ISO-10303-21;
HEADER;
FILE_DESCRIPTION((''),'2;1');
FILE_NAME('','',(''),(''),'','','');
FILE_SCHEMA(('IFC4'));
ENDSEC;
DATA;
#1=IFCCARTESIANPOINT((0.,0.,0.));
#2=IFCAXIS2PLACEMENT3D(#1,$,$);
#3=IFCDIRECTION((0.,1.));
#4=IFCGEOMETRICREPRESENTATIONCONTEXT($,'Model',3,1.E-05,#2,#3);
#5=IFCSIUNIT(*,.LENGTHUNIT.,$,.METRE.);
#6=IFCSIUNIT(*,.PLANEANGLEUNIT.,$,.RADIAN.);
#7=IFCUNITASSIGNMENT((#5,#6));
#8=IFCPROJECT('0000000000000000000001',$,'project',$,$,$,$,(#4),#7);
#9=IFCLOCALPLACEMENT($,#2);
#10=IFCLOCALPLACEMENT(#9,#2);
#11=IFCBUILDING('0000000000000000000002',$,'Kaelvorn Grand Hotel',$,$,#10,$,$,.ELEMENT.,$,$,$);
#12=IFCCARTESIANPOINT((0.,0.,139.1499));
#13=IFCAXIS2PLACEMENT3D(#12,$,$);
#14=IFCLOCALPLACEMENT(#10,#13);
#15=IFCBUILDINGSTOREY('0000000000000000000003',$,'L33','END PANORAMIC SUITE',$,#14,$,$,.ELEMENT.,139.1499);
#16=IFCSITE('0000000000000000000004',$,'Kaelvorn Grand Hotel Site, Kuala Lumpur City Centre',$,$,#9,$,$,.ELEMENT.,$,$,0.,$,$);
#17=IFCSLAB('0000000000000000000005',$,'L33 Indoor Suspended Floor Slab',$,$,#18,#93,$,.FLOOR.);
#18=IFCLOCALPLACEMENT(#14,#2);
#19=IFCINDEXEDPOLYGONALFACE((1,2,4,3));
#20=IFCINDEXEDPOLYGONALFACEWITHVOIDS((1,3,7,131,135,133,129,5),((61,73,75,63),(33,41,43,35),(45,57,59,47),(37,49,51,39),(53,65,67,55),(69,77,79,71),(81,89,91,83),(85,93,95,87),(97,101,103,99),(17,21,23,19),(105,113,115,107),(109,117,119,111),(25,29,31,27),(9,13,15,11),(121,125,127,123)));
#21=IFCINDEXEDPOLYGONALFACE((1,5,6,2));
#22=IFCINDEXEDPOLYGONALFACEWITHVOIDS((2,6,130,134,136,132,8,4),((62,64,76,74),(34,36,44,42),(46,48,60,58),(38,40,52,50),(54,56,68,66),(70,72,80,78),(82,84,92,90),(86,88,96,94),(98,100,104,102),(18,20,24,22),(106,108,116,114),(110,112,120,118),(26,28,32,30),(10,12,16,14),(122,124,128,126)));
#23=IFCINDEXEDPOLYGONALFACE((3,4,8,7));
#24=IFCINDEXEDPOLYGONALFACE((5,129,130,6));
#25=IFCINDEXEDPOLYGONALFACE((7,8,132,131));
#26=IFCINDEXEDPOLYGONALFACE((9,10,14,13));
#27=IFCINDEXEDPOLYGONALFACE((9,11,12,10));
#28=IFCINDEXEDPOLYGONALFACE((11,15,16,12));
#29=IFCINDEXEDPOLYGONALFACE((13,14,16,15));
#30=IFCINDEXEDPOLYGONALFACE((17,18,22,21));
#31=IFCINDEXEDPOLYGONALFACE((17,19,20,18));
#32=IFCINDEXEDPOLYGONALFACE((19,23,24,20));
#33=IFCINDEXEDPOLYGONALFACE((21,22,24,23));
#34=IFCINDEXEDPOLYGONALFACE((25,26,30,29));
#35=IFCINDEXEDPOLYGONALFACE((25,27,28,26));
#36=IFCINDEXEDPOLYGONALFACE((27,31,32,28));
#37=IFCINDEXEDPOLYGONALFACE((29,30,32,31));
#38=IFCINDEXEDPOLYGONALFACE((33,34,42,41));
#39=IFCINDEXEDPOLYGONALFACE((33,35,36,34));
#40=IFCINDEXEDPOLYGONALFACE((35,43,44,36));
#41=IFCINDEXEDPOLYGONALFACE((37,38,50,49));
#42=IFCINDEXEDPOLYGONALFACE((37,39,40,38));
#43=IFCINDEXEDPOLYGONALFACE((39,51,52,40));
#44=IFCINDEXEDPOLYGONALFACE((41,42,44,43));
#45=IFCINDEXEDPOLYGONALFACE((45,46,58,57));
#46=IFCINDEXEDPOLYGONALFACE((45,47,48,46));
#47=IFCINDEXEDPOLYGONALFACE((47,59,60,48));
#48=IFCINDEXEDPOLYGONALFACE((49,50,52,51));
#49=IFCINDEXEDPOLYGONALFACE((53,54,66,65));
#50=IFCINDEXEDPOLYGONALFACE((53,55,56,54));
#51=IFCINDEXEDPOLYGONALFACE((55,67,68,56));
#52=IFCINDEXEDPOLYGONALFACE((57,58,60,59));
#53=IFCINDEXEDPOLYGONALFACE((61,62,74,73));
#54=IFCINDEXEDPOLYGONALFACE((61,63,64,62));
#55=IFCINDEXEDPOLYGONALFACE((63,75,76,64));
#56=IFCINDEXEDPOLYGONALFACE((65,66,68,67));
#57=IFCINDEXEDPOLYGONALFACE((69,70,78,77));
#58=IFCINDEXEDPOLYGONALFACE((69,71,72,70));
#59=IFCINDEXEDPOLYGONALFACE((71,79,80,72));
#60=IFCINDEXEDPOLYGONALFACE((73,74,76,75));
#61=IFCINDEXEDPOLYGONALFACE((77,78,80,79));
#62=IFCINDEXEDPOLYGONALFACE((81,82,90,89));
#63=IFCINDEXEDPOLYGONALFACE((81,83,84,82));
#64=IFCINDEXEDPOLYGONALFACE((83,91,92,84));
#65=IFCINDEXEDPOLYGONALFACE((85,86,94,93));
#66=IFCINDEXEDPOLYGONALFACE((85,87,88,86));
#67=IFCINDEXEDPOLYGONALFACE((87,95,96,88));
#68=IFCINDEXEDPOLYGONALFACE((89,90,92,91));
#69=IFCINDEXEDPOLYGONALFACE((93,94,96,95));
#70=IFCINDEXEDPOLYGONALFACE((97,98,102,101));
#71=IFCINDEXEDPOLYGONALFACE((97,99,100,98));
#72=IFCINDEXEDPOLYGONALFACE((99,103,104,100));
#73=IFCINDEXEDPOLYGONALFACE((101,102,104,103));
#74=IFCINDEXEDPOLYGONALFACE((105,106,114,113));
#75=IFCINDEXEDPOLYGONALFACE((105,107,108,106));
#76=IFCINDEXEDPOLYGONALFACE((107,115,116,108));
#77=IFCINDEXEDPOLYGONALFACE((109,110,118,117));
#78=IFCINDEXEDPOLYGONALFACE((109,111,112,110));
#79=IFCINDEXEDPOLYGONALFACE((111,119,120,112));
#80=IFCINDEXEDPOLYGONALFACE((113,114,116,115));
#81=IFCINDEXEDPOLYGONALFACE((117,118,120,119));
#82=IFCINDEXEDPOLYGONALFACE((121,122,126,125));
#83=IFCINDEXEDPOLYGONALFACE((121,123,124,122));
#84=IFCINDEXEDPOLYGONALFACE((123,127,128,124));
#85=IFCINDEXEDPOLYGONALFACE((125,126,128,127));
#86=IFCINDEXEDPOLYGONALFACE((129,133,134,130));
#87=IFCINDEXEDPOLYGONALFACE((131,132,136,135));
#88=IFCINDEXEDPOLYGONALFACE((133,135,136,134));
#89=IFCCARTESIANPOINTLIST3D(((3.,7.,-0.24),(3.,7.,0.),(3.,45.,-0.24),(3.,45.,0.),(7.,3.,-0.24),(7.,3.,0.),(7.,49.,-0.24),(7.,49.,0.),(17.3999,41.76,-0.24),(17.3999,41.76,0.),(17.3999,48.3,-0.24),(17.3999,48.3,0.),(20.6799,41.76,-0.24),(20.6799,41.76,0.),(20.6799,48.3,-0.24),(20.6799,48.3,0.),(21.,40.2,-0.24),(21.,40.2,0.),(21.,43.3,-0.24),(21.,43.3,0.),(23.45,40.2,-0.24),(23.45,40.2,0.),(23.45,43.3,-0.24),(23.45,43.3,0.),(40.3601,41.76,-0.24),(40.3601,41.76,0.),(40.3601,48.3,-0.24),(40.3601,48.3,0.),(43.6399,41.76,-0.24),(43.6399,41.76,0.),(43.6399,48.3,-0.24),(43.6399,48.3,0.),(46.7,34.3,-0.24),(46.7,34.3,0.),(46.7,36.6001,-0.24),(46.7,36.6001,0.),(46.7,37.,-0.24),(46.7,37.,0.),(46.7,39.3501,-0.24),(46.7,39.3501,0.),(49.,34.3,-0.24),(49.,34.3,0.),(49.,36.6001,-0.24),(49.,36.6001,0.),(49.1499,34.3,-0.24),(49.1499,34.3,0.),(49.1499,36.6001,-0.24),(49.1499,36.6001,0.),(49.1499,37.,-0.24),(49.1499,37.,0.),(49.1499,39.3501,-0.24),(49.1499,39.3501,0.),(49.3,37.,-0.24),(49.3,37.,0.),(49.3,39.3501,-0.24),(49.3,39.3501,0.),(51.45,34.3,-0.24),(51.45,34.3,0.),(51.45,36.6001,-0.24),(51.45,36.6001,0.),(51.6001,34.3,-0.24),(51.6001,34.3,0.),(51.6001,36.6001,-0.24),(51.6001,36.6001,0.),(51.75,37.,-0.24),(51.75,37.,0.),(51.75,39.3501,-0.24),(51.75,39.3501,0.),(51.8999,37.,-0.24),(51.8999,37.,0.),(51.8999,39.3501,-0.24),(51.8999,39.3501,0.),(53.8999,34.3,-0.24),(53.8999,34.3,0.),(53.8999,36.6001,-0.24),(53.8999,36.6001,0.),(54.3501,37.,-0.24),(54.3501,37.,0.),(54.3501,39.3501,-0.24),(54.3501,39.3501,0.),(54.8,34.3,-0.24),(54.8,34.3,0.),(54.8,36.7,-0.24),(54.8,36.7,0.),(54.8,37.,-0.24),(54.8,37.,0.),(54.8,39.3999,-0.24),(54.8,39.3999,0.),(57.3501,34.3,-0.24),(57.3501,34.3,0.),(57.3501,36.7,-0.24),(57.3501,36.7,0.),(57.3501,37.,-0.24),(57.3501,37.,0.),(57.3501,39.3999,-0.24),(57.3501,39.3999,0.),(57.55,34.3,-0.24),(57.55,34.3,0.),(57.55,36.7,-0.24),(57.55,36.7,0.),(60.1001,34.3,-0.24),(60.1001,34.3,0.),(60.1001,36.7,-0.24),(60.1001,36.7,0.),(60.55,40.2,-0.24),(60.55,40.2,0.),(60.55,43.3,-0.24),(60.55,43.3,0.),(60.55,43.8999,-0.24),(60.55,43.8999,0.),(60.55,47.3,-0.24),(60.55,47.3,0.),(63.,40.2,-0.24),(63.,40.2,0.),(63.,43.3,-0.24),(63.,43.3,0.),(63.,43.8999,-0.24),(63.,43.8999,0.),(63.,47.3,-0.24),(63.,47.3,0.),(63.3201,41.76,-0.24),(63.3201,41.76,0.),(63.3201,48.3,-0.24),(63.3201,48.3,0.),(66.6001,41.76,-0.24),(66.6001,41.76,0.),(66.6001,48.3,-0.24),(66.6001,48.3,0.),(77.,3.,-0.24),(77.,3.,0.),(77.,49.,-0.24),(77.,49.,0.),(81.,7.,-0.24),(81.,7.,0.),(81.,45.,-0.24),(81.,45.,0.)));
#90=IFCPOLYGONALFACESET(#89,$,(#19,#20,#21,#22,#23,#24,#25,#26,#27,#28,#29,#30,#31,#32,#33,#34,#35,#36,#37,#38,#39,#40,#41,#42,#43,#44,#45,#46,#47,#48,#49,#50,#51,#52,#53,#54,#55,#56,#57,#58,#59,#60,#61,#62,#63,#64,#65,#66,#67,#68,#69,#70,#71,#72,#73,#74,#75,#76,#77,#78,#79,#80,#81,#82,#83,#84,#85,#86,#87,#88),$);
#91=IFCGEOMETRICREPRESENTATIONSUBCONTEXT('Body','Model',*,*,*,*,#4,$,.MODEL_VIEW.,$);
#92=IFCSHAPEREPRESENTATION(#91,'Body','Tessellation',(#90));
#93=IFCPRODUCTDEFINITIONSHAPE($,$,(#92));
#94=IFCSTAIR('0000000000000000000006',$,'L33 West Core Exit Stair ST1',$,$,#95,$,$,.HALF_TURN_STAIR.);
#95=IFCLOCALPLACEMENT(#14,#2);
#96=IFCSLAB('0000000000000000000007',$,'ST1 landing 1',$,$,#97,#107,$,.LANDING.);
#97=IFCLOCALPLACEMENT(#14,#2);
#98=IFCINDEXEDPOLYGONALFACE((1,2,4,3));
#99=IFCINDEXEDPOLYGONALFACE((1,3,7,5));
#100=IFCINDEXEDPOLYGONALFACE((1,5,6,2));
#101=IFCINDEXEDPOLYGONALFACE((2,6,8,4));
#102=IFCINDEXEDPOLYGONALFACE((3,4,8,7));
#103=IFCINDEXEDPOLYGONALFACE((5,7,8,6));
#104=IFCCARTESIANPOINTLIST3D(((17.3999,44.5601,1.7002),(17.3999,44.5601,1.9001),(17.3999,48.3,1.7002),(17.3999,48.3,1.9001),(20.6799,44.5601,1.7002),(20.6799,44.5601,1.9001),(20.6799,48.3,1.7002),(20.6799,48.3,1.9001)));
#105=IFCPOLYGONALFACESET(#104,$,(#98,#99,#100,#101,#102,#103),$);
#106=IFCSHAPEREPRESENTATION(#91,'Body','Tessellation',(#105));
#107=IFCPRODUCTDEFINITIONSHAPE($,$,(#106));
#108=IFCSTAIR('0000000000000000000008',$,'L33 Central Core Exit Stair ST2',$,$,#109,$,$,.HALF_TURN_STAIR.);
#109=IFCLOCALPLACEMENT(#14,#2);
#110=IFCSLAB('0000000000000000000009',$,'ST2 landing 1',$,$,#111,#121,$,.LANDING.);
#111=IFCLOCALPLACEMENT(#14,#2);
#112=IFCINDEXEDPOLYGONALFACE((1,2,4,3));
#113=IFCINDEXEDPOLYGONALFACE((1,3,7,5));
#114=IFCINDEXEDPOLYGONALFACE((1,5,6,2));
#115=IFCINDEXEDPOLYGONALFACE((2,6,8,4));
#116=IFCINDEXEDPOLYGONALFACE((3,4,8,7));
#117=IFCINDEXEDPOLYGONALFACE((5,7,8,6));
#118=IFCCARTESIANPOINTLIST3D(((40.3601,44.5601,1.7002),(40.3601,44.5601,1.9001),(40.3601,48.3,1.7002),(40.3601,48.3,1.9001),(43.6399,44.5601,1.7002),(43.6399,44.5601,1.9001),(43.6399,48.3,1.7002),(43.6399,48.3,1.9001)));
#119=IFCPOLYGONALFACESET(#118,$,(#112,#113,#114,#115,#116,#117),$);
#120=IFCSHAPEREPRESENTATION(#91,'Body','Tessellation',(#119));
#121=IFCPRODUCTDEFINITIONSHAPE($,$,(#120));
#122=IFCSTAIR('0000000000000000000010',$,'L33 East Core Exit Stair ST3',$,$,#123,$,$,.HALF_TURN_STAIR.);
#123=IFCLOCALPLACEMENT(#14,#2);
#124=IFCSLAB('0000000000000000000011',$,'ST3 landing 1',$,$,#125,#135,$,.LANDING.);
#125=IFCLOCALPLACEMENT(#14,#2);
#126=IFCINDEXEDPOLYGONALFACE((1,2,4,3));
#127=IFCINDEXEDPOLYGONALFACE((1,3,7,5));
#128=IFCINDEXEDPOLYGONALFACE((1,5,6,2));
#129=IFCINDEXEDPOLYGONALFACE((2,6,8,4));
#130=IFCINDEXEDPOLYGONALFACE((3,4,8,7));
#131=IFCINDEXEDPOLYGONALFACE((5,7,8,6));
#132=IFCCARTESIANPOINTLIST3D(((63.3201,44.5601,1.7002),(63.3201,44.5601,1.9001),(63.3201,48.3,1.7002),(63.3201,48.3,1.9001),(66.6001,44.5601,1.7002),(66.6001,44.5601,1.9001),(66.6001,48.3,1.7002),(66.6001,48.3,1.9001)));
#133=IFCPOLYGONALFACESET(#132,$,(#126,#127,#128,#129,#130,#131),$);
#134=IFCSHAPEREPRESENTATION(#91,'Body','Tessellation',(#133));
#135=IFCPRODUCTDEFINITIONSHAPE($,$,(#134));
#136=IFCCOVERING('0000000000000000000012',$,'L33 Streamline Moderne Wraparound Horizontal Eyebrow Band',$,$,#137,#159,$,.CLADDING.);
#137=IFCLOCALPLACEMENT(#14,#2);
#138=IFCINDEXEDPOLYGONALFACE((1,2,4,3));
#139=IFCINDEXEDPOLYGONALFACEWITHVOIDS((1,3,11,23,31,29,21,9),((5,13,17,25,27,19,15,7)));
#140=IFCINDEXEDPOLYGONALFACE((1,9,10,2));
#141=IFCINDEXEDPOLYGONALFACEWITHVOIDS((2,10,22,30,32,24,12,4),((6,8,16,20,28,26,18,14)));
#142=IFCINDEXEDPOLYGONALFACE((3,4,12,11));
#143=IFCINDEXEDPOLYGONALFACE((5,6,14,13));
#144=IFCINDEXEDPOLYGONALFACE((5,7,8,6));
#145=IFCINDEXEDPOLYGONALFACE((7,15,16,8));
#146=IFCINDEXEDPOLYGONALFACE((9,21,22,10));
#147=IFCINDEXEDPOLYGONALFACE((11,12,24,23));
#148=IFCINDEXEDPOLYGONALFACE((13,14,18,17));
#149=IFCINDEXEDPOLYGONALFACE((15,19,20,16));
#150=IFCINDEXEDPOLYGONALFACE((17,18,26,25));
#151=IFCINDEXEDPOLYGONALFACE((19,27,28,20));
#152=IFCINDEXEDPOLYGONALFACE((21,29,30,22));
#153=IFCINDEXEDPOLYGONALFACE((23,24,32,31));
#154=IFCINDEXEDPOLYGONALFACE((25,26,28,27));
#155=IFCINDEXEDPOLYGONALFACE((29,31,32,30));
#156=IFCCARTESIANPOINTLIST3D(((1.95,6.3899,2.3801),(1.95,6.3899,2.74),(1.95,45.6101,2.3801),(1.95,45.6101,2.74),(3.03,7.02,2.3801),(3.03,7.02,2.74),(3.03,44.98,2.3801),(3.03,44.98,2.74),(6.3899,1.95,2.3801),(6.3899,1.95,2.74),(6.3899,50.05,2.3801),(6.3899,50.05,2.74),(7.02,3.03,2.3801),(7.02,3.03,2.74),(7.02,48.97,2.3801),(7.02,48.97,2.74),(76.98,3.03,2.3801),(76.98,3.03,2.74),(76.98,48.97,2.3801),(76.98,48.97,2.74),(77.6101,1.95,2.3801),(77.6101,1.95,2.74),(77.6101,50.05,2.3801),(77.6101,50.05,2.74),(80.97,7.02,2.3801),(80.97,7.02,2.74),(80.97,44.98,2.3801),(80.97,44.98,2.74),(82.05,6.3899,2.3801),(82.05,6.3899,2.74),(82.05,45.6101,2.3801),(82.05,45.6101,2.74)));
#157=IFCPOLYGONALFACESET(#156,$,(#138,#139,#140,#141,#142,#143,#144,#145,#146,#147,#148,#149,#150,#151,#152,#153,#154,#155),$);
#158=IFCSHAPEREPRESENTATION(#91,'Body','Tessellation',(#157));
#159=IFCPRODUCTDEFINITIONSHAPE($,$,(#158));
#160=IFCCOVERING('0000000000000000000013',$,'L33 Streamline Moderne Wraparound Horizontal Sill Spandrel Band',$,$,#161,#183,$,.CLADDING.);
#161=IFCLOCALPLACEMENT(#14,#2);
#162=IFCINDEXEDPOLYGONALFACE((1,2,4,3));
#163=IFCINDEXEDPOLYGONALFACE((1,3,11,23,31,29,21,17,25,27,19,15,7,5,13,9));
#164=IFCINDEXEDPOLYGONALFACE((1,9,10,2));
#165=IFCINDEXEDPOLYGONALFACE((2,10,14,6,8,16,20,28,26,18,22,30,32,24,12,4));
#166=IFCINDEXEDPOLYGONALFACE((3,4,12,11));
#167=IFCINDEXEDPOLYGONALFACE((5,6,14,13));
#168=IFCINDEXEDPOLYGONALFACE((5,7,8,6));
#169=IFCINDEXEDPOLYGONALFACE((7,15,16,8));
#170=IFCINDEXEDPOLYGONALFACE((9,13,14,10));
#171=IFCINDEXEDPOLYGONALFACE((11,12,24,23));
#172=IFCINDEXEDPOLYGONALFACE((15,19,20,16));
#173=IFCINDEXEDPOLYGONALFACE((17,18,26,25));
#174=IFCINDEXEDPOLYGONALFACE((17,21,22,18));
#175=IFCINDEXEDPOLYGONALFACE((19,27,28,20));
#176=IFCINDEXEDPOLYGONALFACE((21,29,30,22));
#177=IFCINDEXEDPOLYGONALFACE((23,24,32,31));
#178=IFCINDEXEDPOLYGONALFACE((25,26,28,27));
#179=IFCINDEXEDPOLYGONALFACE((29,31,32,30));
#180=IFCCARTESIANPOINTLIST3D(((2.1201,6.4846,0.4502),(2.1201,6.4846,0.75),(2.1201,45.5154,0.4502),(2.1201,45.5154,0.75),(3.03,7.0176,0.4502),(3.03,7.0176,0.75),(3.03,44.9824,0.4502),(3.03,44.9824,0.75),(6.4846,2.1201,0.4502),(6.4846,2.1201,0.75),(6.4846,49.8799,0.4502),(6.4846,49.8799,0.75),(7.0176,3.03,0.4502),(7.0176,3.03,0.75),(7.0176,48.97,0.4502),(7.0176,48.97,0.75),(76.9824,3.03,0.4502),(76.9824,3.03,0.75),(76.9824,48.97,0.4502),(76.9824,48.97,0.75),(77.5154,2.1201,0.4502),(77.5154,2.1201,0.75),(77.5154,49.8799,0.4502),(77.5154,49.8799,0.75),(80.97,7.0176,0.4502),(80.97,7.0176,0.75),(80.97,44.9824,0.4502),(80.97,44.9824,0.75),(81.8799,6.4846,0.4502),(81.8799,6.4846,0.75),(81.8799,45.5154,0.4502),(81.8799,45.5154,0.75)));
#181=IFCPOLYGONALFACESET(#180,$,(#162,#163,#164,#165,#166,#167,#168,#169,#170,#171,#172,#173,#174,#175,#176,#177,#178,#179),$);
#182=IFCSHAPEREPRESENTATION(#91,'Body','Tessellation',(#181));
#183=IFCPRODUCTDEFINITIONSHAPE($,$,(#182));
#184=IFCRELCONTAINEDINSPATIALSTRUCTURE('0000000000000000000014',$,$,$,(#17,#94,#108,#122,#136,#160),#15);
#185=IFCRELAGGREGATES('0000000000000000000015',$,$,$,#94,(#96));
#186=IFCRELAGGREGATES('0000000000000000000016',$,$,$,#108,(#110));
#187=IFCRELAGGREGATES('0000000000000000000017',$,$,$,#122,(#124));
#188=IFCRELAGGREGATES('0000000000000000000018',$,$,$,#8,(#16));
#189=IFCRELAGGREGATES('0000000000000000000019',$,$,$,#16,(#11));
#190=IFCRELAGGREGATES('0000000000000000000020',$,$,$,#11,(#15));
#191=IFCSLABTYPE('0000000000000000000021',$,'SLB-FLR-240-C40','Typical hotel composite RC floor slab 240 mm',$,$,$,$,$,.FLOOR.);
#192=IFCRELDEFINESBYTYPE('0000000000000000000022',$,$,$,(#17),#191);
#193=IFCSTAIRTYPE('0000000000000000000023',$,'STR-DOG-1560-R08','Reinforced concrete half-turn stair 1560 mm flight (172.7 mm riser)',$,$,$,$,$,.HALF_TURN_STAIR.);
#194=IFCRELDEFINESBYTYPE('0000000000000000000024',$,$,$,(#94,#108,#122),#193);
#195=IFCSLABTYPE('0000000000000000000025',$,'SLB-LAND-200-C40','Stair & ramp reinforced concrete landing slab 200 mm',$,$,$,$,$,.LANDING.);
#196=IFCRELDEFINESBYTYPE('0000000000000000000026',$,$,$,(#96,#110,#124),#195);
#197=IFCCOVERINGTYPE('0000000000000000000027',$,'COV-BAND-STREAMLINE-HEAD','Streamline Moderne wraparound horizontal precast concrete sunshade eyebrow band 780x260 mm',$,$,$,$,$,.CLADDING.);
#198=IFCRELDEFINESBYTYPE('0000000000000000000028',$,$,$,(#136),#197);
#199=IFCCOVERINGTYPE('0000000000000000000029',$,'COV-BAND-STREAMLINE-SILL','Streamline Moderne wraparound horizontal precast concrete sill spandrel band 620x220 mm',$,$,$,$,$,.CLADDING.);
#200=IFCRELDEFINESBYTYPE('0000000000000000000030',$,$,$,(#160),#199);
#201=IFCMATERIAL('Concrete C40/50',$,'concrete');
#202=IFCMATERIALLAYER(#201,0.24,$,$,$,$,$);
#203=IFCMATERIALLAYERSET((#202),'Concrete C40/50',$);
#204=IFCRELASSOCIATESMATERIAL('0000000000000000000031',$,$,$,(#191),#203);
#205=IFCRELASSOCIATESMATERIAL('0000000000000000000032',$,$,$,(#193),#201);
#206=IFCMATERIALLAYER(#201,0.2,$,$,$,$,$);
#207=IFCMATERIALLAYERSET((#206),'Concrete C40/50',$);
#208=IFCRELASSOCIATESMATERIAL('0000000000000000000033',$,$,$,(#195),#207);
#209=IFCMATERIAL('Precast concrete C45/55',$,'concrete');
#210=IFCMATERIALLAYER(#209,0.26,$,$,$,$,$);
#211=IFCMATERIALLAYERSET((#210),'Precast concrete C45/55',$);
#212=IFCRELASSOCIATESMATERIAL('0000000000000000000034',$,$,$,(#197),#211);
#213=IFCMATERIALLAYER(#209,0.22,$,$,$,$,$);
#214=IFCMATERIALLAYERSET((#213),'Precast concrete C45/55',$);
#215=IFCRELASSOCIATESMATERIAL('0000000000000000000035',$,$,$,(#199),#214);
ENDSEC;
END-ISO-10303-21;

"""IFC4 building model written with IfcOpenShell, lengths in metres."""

from ifc_helpers import new_model, si_unit, direction, frame, origin, place, context, subcontext, project, spatial, polyline, outline, extrude, material, layer, layer_set, type_object, element, aggregate, save


model = new_model("IFC4")

# Units and contexts
model_context = context("Model", 3, precision=1e-05, world=origin(), true_north=direction((0.0, 1.0)))
body_context = subcontext(model_context, "Body", "Model", "MODEL_VIEW")
ifc_project = project(units=[si_unit("LENGTHUNIT", "METRE"), si_unit("PLANEANGLEUNIT", "RADIAN")], contexts=[model_context])

# Site, building, storey
site_placement = place(None, origin())
site = spatial("IfcSite", under=ifc_project, at=site_placement, Name="Kaelvorn Grand Hotel Site, Kuala Lumpur City Centre", CompositionType="ELEMENT", RefElevation=0.0)
building_placement = place(site_placement, origin())
building = spatial("IfcBuilding", under=site, at=building_placement, Name="Kaelvorn Grand Hotel", CompositionType="ELEMENT")
storey_placement = place(building_placement, frame((0.0, 0.0, 139.1499)))
storey = spatial("IfcBuildingStorey", under=building, at=storey_placement, Name="L33", Description="END PANORAMIC SUITE", CompositionType="ELEMENT", Elevation=139.1499)

# Slab
ifc_material_1 = material(Name="Concrete C40/50", Category="concrete")
ifc_layer_1 = layer(ifc_material_1, 0.24)
ifc_layer_set_1 = layer_set([ifc_layer_1], Name="Concrete C40/50")
slab_type_1 = type_object("IfcSlabType", Name="SLB-FLR-240-C40", Description="Typical hotel composite RC floor slab 240 mm", PredefinedType="FLOOR", material=ifc_layer_set_1)
slab_1_placement = place(storey_placement, frame((0.0, 0.0, -0.24)))
element("IfcSlab", 1, at=slab_1_placement, inside=storey, type_object=slab_type_1, Name="L33 Indoor Suspended Floor Slab", PredefinedType="FLOOR", context=body_context, shape_type="SweptSolid", body=[
    extrude(outline(polyline([(7.0, 3.0), (77.0, 3.0), (81.0, 7.0), (81.0, 45.0), (77.0, 49.0), (7.0, 49.0), (3.0, 45.0), (3.0, 7.0), (7.0, 3.0)]), holes=[polyline([(17.3999, 41.76), (17.3999, 48.3), (20.6799, 48.3), (20.6799, 41.76), (17.3999, 41.76)]), polyline([(40.3601, 41.76), (40.3601, 48.3), (43.6399, 48.3), (43.6399, 41.76), (40.3601, 41.76)]), polyline([(63.3201, 41.76), (63.3201, 48.3), (66.6001, 48.3), (66.6001, 41.76), (63.3201, 41.76)]), polyline([(46.7, 34.3), (46.7, 36.6001), (49.0, 36.6001), (49.0, 34.3), (46.7, 34.3)]), polyline([(49.1499, 34.3), (49.1499, 36.6001), (51.45, 36.6001), (51.45, 34.3), (49.1499, 34.3)]), polyline([(51.6001, 34.3), (51.6001, 36.6001), (53.8999, 36.6001), (53.8999, 34.3), (51.6001, 34.3)]), polyline([(46.7, 37.0), (46.7, 39.3501), (49.1499, 39.3501), (49.1499, 37.0), (46.7, 37.0)]), polyline([(49.3, 37.0), (49.3, 39.3501), (51.75, 39.3501), (51.75, 37.0), (49.3, 37.0)]), polyline([(51.8999, 37.0), (51.8999, 39.3501), (54.3501, 39.3501), (54.3501, 37.0), (51.8999, 37.0)]), polyline([(54.8, 34.3), (54.8, 36.7), (57.3501, 36.7), (57.3501, 34.3), (54.8, 34.3)]), polyline([(57.55, 34.3), (57.55, 36.7), (60.1001, 36.7), (60.1001, 34.3), (57.55, 34.3)]), polyline([(54.8, 37.0), (54.8, 39.3999), (57.3501, 39.3999), (57.3501, 37.0), (54.8, 37.0)]), polyline([(21.0, 40.2), (21.0, 43.3), (23.45, 43.3), (23.45, 40.2), (21.0, 40.2)]), polyline([(60.55, 40.2), (60.55, 43.3), (63.0, 43.3), (63.0, 40.2), (60.55, 40.2)]), polyline([(60.55, 43.8999), (60.55, 47.3), (63.0, 47.3), (63.0, 43.8999), (60.55, 43.8999)])]), origin(), (0.0, 0.0, 1.0), 0.24),
])

# Stairs, slabs
stair_type = type_object("IfcStairType", Name="STR-DOG-1560-R08", Description="Reinforced concrete half-turn stair 1560 mm flight (172.7 mm riser)", PredefinedType="HALF_TURN_STAIR", material=ifc_material_1)
stair_1_placement = place(storey_placement, origin())
stair_1 = element("IfcStair", 2, at=stair_1_placement, inside=storey, type_object=stair_type, Name="L33 West Core Exit Stair ST1", PredefinedType="HALF_TURN_STAIR")
ifc_layer_2 = layer(ifc_material_1, 0.2)
ifc_layer_set_2 = layer_set([ifc_layer_2], Name="Concrete C40/50")
slab_type_2 = type_object("IfcSlabType", Name="SLB-LAND-200-C40", Description="Stair & ramp reinforced concrete landing slab 200 mm", PredefinedType="LANDING", material=ifc_layer_set_2)
slab_2_placement = place(storey_placement, frame((0.0, 0.0, 1.7002)))
slab_2 = element("IfcSlab", 3, at=slab_2_placement, type_object=slab_type_2, Name="ST1 landing 1", PredefinedType="LANDING", context=body_context, shape_type="SweptSolid", body=[
    extrude(outline(polyline([(20.6799, 44.5601), (20.6799, 48.3), (17.3999, 48.3), (17.3999, 44.5601), (20.6799, 44.5601)])), origin(), (0.0, 0.0, 1.0), 0.2),
])
aggregate(stair_1, [slab_2])
stair_2_placement = place(storey_placement, origin())
stair_2 = element("IfcStair", 4, at=stair_2_placement, inside=storey, type_object=stair_type, Name="L33 Central Core Exit Stair ST2", PredefinedType="HALF_TURN_STAIR")
slab_3_placement = place(storey_placement, frame((0.0, 0.0, 1.7002)))
slab_3 = element("IfcSlab", 5, at=slab_3_placement, type_object=slab_type_2, Name="ST2 landing 1", PredefinedType="LANDING", context=body_context, shape_type="SweptSolid", body=[
    extrude(outline(polyline([(43.6399, 44.5601), (43.6399, 48.3), (40.3601, 48.3), (40.3601, 44.5601), (43.6399, 44.5601)])), origin(), (0.0, 0.0, 1.0), 0.2),
])
aggregate(stair_2, [slab_3])
stair_3_placement = place(storey_placement, origin())
stair_3 = element("IfcStair", 6, at=stair_3_placement, inside=storey, type_object=stair_type, Name="L33 East Core Exit Stair ST3", PredefinedType="HALF_TURN_STAIR")
slab_4_placement = place(storey_placement, frame((0.0, 0.0, 1.7002)))
slab_4 = element("IfcSlab", 7, at=slab_4_placement, type_object=slab_type_2, Name="ST3 landing 1", PredefinedType="LANDING", context=body_context, shape_type="SweptSolid", body=[
    extrude(outline(polyline([(66.6001, 44.5601), (66.6001, 48.3), (63.3201, 48.3), (63.3201, 44.5601), (66.6001, 44.5601)])), origin(), (0.0, 0.0, 1.0), 0.2),
])
aggregate(stair_3, [slab_4])

# Coverings
ifc_material_2 = material(Name="Precast concrete C45/55", Category="concrete")
ifc_layer_3 = layer(ifc_material_2, 0.26)
ifc_layer_set_3 = layer_set([ifc_layer_3], Name="Precast concrete C45/55")
covering_type_1 = type_object("IfcCoveringType", Name="COV-BAND-STREAMLINE-HEAD", Description="Streamline Moderne wraparound horizontal precast concrete sunshade eyebrow band 780x260 mm", PredefinedType="CLADDING", material=ifc_layer_set_3)
covering_1_placement = place(storey_placement, frame((0.0, 0.0, 2.3801)))
element("IfcCovering", 8, at=covering_1_placement, inside=storey, type_object=covering_type_1, Name="L33 Streamline Moderne Wraparound Horizontal Eyebrow Band", PredefinedType="CLADDING", context=body_context, shape_type="SweptSolid", body=[
    extrude(outline(polyline([(6.3899, 1.95), (77.6101, 1.95), (82.05, 6.3899), (82.05, 45.6101), (77.6101, 50.05), (6.3899, 50.05), (1.95, 45.6101), (1.95, 6.3899), (6.3899, 1.95)]), holes=[polyline([(7.02, 3.03), (76.98, 3.03), (80.97, 7.02), (80.97, 44.98), (76.98, 48.97), (7.02, 48.97), (3.03, 44.98), (3.03, 7.02), (7.02, 3.03)])]), origin(), (0.0, 0.0, 1.0), 0.3599),
])
ifc_layer_4 = layer(ifc_material_2, 0.22)
ifc_layer_set_4 = layer_set([ifc_layer_4], Name="Precast concrete C45/55")
covering_type_2 = type_object("IfcCoveringType", Name="COV-BAND-STREAMLINE-SILL", Description="Streamline Moderne wraparound horizontal precast concrete sill spandrel band 620x220 mm", PredefinedType="CLADDING", material=ifc_layer_set_4)
covering_2_placement = place(storey_placement, frame((0.0, 0.0, 0.4502)))
element("IfcCovering", 9, at=covering_2_placement, inside=storey, type_object=covering_type_2, Name="L33 Streamline Moderne Wraparound Horizontal Sill Spandrel Band", PredefinedType="CLADDING", context=body_context, shape_type="SweptSolid", body=[
    extrude(outline(polyline([(77.5154, 2.1201), (81.8799, 6.4846), (81.8799, 45.5154), (77.5154, 49.8799), (6.4846, 49.8799), (2.1201, 45.5154), (2.1201, 6.4846), (6.4846, 2.1201), (7.0176, 3.03), (3.03, 7.0176), (3.03, 44.9824), (7.0176, 48.97), (76.9824, 48.97), (80.97, 44.9824), (80.97, 7.0176), (76.9824, 3.03), (77.5154, 2.1201)])), origin(), (0.0, 0.0, 1.0), 0.2998),
])

save(model, "model.ifc")
